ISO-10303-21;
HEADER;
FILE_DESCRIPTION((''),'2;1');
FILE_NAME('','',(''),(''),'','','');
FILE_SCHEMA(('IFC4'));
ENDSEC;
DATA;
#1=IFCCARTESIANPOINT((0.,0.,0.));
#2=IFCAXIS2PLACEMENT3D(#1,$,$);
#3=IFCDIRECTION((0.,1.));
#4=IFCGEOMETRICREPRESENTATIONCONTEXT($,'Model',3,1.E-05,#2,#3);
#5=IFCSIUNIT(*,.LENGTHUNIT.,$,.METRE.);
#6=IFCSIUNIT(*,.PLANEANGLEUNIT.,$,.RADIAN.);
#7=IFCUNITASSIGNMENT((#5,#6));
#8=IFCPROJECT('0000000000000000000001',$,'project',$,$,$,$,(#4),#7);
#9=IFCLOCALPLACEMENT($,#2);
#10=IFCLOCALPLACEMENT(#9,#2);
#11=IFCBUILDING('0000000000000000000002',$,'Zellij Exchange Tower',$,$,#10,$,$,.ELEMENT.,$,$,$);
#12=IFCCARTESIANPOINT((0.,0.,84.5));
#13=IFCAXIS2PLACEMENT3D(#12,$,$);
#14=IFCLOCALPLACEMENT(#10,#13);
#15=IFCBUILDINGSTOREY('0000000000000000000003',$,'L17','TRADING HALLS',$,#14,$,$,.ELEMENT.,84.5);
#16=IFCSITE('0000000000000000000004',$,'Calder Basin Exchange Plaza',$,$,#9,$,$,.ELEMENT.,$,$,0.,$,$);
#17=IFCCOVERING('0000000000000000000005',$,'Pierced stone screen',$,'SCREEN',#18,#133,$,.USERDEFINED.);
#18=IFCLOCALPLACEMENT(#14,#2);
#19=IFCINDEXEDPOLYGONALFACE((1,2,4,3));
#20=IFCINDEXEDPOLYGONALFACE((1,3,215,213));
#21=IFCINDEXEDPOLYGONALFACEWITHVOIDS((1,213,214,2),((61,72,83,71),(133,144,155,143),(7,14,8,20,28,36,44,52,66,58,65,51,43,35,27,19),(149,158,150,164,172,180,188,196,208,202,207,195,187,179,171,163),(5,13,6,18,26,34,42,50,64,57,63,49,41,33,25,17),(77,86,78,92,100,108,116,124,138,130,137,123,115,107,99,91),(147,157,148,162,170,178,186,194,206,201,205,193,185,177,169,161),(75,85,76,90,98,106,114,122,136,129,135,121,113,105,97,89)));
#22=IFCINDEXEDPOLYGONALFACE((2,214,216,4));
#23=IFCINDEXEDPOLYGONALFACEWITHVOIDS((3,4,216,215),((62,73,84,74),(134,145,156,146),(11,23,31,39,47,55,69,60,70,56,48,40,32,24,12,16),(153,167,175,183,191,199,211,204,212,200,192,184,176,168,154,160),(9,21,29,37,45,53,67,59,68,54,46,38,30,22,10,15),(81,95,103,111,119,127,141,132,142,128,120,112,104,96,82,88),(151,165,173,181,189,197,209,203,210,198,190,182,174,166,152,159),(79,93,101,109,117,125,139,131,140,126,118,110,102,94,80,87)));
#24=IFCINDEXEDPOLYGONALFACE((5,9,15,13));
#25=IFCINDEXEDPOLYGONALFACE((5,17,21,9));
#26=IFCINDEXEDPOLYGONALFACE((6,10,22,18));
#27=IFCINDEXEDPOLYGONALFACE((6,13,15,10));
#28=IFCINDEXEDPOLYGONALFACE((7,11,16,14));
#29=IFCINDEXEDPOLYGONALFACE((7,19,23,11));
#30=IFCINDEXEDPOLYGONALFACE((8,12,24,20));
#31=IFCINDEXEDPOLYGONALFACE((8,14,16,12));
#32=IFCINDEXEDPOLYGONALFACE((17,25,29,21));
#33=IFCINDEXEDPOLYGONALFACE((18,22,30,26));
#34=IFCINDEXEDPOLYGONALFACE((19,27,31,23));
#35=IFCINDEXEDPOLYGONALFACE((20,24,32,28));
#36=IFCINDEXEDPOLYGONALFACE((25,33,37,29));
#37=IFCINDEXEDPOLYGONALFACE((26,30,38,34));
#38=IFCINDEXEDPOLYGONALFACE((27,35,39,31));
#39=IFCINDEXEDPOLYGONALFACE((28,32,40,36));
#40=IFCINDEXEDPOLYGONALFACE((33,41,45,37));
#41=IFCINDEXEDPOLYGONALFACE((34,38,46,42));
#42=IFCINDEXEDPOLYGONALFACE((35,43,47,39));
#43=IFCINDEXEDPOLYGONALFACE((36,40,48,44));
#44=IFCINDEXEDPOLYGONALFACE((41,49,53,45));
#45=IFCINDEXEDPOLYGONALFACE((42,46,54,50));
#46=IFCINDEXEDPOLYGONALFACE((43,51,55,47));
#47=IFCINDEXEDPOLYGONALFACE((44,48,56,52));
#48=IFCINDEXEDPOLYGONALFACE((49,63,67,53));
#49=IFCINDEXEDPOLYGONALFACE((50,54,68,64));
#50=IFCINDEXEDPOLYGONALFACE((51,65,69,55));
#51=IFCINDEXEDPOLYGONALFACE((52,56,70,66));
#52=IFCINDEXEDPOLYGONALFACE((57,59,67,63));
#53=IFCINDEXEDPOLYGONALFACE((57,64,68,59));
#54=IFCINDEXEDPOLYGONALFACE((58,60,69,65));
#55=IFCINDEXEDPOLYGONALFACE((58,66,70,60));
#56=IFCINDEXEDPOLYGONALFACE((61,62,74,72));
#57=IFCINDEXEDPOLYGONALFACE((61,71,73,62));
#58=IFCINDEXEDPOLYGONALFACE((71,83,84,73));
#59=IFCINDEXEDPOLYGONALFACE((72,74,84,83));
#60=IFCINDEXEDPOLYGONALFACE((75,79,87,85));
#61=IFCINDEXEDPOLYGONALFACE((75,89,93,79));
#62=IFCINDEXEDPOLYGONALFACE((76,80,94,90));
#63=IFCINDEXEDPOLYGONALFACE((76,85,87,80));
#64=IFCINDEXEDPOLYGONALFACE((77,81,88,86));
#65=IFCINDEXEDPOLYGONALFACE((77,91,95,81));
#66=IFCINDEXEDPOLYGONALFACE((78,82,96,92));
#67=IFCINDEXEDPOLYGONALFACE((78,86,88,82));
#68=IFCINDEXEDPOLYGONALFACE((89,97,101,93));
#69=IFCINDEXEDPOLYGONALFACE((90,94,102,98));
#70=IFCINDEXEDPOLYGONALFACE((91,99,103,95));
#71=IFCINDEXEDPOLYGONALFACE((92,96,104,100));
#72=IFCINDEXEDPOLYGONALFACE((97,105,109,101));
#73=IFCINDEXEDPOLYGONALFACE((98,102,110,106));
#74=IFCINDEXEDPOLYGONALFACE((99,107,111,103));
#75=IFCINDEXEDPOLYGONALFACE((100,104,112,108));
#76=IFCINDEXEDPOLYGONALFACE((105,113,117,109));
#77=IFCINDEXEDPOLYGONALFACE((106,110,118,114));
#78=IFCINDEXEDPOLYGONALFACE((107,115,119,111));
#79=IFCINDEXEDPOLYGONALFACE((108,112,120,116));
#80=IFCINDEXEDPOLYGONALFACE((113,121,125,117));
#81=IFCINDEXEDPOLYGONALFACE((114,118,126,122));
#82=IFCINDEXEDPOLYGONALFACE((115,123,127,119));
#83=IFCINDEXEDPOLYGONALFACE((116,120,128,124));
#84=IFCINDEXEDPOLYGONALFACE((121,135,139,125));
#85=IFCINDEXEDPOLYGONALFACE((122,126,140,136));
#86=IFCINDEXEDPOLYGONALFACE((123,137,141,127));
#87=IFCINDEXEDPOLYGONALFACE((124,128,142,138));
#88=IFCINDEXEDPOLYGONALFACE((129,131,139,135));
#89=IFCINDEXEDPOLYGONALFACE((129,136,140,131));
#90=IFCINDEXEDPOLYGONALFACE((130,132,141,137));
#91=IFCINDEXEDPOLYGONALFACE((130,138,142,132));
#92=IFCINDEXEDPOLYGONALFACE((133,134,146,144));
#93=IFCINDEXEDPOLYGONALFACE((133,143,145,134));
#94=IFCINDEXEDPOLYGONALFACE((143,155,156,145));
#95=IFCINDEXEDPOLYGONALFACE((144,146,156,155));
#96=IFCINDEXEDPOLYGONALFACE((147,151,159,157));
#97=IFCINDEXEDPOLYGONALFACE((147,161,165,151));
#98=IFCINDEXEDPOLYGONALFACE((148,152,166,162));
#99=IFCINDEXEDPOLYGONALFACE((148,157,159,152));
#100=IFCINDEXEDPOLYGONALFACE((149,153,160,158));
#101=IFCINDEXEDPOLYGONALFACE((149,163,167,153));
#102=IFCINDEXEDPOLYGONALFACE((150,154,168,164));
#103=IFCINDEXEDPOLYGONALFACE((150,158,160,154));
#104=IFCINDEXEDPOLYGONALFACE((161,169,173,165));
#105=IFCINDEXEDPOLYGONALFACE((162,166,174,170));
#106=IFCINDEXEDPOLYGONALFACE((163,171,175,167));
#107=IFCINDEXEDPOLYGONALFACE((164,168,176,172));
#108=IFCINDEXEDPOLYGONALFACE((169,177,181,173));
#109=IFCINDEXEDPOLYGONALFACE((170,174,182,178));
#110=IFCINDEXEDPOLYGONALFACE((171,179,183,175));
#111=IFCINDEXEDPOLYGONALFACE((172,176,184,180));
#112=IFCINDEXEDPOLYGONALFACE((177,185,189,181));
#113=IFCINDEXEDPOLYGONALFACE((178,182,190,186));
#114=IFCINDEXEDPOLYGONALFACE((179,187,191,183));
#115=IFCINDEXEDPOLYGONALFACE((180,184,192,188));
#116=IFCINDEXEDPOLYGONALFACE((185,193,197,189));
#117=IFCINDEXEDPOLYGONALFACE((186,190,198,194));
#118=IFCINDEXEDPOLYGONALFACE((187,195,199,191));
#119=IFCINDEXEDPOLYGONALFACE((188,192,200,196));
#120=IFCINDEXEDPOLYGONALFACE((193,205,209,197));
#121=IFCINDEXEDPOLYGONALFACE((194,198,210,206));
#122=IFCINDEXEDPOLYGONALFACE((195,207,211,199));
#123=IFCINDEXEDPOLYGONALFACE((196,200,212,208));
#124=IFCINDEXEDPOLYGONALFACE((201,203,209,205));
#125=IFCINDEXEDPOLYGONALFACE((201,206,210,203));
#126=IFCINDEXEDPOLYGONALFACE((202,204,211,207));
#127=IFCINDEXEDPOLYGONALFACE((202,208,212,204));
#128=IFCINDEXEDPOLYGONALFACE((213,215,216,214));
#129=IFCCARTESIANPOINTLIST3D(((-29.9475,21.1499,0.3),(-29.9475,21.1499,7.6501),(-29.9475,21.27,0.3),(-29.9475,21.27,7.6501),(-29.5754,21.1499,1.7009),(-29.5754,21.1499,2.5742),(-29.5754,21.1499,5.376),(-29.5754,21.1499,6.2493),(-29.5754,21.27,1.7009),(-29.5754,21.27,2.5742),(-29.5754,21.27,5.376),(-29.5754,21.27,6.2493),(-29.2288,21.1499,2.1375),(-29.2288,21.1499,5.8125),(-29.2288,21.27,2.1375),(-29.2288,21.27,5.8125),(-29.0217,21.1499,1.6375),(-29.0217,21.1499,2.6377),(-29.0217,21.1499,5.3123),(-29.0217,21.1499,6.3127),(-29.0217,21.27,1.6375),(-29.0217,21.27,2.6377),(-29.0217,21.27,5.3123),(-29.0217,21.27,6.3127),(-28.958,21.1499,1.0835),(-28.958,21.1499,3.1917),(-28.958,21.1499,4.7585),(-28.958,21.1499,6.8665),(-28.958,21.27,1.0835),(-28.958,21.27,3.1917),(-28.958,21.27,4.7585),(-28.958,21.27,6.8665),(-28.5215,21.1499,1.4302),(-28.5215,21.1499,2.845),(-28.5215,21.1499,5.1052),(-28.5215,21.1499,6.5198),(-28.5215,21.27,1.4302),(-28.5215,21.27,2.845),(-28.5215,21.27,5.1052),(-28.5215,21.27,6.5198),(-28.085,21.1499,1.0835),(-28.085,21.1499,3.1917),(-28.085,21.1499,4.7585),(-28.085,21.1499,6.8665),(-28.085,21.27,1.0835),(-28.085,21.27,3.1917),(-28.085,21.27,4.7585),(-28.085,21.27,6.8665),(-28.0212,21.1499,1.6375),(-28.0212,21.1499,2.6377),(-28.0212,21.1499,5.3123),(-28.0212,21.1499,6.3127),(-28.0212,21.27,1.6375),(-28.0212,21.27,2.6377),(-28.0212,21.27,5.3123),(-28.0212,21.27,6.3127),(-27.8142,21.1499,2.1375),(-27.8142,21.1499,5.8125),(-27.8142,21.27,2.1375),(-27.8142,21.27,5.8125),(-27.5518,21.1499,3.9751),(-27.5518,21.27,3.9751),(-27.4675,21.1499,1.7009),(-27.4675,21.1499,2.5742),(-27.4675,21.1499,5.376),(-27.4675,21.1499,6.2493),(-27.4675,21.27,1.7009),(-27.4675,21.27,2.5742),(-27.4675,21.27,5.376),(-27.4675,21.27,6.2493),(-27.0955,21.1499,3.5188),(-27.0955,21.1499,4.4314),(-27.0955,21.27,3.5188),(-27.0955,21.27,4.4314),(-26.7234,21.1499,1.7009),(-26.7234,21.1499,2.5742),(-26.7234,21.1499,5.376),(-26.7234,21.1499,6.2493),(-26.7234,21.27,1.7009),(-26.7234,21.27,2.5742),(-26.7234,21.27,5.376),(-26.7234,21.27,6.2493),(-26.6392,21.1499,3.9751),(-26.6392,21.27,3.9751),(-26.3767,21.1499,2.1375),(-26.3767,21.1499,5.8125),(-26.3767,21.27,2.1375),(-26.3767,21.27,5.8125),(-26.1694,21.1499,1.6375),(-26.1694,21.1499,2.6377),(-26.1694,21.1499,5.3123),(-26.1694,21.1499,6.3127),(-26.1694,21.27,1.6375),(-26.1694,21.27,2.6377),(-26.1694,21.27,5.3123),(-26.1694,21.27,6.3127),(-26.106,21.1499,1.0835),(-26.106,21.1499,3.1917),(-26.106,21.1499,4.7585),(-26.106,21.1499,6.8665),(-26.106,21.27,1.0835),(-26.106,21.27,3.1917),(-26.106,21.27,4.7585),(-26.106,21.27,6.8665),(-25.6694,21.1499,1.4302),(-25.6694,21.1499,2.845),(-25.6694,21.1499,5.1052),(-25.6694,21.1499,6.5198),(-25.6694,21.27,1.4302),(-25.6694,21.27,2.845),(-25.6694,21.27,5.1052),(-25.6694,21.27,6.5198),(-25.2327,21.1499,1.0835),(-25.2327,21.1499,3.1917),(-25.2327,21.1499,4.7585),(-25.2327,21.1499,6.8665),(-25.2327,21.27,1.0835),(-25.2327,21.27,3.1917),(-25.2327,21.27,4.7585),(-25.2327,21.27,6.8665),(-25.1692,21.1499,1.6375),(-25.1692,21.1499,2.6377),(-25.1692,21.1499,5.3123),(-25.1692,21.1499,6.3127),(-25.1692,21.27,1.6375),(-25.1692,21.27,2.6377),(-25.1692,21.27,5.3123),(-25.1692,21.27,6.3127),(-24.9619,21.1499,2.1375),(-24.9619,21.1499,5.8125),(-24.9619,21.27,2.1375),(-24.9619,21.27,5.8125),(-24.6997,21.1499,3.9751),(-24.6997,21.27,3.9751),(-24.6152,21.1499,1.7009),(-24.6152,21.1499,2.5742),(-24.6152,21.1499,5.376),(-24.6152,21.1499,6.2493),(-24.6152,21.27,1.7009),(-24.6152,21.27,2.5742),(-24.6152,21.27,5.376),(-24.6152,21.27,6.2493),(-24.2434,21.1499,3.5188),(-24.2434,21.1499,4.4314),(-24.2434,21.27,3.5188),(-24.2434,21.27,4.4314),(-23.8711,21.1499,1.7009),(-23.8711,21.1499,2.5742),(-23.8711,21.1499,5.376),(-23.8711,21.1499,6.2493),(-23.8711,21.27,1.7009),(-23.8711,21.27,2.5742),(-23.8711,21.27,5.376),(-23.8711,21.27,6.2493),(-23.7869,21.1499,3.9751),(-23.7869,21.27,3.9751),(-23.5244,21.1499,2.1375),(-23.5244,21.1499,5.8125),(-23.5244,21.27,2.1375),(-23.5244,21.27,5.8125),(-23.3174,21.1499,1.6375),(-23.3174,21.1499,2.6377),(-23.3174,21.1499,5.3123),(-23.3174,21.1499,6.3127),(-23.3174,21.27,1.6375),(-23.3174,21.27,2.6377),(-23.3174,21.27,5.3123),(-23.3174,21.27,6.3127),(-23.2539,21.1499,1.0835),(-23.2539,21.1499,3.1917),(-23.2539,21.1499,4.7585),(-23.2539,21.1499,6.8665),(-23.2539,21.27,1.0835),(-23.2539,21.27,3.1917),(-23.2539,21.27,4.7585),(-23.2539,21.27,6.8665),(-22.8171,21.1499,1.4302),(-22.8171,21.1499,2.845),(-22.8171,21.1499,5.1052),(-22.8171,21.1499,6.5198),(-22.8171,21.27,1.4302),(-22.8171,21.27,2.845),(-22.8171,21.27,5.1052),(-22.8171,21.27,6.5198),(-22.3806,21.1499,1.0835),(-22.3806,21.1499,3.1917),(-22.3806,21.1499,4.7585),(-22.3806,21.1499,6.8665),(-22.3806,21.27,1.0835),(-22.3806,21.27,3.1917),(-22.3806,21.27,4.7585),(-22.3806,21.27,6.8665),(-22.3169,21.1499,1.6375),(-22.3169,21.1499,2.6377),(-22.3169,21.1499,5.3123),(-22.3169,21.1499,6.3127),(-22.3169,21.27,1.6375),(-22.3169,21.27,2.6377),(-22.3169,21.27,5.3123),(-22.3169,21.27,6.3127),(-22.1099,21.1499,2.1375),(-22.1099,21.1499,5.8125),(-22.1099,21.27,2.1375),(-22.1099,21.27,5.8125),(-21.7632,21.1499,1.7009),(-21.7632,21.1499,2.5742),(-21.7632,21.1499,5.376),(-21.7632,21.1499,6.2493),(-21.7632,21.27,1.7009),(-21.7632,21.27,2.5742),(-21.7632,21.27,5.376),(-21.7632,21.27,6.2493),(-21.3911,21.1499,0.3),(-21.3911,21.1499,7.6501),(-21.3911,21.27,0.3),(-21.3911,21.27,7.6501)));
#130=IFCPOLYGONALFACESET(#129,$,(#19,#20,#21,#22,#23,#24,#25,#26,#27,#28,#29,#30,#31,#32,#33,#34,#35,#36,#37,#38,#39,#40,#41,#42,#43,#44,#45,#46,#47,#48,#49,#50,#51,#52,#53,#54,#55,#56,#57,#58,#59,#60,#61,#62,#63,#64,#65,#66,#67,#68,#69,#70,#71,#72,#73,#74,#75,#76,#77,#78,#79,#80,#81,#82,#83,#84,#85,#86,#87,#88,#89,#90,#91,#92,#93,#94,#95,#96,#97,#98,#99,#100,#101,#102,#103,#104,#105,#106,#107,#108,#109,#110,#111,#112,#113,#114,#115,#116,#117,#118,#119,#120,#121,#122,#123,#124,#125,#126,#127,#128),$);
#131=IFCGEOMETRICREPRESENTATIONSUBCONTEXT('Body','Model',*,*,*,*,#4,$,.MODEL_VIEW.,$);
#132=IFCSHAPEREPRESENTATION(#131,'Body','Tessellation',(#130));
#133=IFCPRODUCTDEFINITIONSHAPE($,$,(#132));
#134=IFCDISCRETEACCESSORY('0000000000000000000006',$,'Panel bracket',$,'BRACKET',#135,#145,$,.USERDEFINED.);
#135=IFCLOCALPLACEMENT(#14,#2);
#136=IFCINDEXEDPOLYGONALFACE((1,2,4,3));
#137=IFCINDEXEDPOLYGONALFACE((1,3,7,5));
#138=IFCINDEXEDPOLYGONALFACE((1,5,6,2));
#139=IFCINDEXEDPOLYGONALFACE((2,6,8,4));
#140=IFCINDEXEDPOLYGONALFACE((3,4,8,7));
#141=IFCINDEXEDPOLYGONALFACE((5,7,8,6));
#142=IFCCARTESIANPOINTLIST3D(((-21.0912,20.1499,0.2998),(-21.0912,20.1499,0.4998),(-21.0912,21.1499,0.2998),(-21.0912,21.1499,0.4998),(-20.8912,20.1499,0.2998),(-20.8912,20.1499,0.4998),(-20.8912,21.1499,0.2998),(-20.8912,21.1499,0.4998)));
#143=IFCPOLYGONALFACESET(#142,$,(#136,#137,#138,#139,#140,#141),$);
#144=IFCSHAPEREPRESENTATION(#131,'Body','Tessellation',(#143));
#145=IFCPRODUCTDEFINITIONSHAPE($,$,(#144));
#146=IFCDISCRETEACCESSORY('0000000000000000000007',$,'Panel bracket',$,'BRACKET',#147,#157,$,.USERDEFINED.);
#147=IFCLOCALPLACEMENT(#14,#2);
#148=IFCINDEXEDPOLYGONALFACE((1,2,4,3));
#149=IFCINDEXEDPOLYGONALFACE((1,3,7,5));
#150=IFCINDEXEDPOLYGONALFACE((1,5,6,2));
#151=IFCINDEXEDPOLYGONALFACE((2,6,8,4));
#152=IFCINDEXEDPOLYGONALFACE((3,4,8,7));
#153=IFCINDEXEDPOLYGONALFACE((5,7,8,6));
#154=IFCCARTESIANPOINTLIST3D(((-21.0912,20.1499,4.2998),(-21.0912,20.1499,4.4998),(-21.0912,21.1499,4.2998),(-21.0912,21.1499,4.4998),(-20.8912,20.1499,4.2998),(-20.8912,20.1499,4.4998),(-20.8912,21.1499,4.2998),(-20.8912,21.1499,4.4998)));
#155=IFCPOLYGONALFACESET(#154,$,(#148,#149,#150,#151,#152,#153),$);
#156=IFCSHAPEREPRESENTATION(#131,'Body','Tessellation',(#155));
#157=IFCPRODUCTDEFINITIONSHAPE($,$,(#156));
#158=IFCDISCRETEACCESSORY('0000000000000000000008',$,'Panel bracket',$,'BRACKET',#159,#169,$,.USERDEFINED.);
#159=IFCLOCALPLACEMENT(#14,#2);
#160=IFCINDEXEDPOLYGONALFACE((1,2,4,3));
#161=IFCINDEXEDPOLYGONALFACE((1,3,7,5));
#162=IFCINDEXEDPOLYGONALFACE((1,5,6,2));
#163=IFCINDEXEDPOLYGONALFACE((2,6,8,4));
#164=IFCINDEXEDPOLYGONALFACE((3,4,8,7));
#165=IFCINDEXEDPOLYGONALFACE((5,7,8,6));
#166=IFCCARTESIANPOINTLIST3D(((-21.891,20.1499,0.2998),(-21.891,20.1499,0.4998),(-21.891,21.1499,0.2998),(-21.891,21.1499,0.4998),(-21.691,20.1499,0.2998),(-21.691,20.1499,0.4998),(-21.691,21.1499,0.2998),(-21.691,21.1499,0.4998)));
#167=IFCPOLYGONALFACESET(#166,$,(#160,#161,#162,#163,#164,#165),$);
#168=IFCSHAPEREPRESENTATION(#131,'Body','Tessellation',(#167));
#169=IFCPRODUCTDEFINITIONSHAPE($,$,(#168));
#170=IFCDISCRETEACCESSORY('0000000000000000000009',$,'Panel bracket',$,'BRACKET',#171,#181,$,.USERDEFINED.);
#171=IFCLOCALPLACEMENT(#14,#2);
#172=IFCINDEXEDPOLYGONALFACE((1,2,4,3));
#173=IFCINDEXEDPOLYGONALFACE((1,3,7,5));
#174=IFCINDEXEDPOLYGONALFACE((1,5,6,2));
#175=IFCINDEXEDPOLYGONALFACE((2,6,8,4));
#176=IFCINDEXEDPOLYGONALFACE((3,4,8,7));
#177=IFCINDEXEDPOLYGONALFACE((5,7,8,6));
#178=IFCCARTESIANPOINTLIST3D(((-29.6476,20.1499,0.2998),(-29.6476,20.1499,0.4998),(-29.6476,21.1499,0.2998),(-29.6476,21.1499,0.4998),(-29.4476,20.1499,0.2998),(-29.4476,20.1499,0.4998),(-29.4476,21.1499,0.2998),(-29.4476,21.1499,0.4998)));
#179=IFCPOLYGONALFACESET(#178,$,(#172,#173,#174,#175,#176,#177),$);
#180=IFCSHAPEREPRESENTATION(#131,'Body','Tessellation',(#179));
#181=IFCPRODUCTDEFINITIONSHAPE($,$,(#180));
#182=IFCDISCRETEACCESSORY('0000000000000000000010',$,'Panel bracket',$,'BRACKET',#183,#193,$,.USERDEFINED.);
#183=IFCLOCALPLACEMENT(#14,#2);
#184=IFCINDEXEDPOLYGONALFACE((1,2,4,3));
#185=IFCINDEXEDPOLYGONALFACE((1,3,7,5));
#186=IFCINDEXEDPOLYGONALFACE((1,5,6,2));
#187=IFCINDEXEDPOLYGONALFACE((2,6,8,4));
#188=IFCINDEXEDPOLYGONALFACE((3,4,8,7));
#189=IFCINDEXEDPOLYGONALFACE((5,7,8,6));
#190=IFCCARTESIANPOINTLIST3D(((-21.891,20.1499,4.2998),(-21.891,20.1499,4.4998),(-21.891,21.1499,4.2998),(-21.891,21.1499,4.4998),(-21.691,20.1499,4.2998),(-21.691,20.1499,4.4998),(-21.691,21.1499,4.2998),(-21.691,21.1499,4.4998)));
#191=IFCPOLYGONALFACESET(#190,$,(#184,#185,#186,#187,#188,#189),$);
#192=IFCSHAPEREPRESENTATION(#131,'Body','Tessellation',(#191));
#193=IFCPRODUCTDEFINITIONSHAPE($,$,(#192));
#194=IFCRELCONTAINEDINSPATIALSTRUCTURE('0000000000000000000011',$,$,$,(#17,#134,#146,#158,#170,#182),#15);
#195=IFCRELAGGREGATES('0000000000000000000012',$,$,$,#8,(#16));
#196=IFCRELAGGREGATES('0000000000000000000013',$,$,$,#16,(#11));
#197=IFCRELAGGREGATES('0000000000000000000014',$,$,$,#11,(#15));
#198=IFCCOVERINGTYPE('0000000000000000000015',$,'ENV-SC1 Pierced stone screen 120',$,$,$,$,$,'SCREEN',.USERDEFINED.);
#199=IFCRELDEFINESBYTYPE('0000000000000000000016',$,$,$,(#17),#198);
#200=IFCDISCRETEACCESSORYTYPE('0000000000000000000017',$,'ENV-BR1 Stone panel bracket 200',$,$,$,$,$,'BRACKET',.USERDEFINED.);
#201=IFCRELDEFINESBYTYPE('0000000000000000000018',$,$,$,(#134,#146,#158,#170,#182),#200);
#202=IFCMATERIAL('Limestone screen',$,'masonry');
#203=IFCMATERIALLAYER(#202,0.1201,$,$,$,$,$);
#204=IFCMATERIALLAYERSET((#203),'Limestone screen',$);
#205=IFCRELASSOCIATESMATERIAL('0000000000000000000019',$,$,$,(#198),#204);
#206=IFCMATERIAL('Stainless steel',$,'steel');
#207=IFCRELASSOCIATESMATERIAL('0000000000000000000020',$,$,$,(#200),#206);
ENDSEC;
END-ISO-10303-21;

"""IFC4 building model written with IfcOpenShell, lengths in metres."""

from ifc_helpers import new_model, si_unit, direction, frame, origin, origin_2d, place, context, subcontext, project, spatial, polyline, rectangle, outline, extrude, material, layer, layer_set, type_object, element, save


model = new_model("IFC4")

# Units and contexts
model_context = context("Model", 3, precision=1e-05, world=origin(), true_north=direction((0.0, 1.0)))
body_context = subcontext(model_context, "Body", "Model", "MODEL_VIEW")
ifc_project = project(units=[si_unit("LENGTHUNIT", "METRE"), si_unit("PLANEANGLEUNIT", "RADIAN")], contexts=[model_context])

# Site, building, storey
site_placement = place(None, origin())
site = spatial("IfcSite", under=ifc_project, at=site_placement, Name="Calder Basin Exchange Plaza", CompositionType="ELEMENT", RefElevation=0.0)
building_placement = place(site_placement, origin())
building = spatial("IfcBuilding", under=site, at=building_placement, Name="Zellij Exchange Tower", CompositionType="ELEMENT")
storey_placement = place(building_placement, frame((0.0, 0.0, 84.5)))
storey = spatial("IfcBuildingStorey", under=building, at=storey_placement, Name="L17", Description="TRADING HALLS", CompositionType="ELEMENT", Elevation=84.5)

# Covering
ifc_material_1 = material(Name="Limestone screen", Category="masonry")
ifc_layer_1 = layer(ifc_material_1, 0.1201)
ifc_layer_set_1 = layer_set([ifc_layer_1], Name="Limestone screen")
covering_type = type_object("IfcCoveringType", Name="ENV-SC1 Pierced stone screen 120", ElementType="SCREEN", PredefinedType="USERDEFINED", material=ifc_layer_set_1)
covering_placement = place(storey_placement, frame((-21.3911, 21.21, 0.3), z_axis=(0.0, 0.0, 1.0), x_axis=(-1.0, 0.0, 0.0)))
element("IfcCovering", 1, at=covering_placement, inside=storey, type_object=covering_type, Name="Pierced stone screen", ObjectType="SCREEN", PredefinedType="USERDEFINED", context=body_context, shape_type="SweptSolid", body=[
    extrude(outline(polyline([(0.0, 0.0), (8.5564, 0.0), (8.5564, 7.3501), (0.0, 7.3501), (0.0, 0.0)]), holes=[polyline([(2.48, 2.2742), (1.9263, 2.3376), (1.8628, 2.8916), (1.426, 2.5449), (0.9895, 2.8916), (0.9258, 2.3376), (0.3721, 2.2742), (0.7188, 1.8374), (0.3721, 1.4009), (0.9258, 1.3374), (0.9895, 0.7834), (1.426, 1.1301), (1.8628, 0.7834), (1.9263, 1.3374), (2.48, 1.4009), (2.1333, 1.8374), (2.48, 2.2742)]), polyline([(2.48, 5.9492), (1.9263, 6.0127), (1.8628, 6.5664), (1.426, 6.2197), (0.9895, 6.5664), (0.9258, 6.0127), (0.3721, 5.9492), (0.7188, 5.5125), (0.3721, 5.0759), (0.9258, 5.0122), (0.9895, 4.4585), (1.426, 4.8052), (1.8628, 4.4585), (1.9263, 5.0122), (2.48, 5.0759), (2.1333, 5.5125), (2.48, 5.9492)]), polyline([(5.3323, 2.2742), (4.7783, 2.3376), (4.7148, 2.8916), (4.2783, 2.5449), (3.8416, 2.8916), (3.7781, 2.3376), (3.2241, 2.2742), (3.5708, 1.8374), (3.2241, 1.4009), (3.7781, 1.3374), (3.8416, 0.7834), (4.2783, 1.1301), (4.7148, 0.7834), (4.7783, 1.3374), (5.3323, 1.4009), (4.9856, 1.8374), (5.3323, 2.2742)]), polyline([(5.3323, 5.9492), (4.7783, 6.0127), (4.7148, 6.5664), (4.2783, 6.2197), (3.8416, 6.5664), (3.7781, 6.0127), (3.2241, 5.9492), (3.5708, 5.5125), (3.2241, 5.0759), (3.7781, 5.0122), (3.8416, 4.4585), (4.2783, 4.8052), (4.7148, 4.4585), (4.7783, 5.0122), (5.3323, 5.0759), (4.9856, 5.5125), (5.3323, 5.9492)]), polyline([(8.1843, 2.2742), (7.6306, 2.3376), (7.5669, 2.8916), (7.1304, 2.5449), (6.6938, 2.8916), (6.6301, 2.3376), (6.0764, 2.2742), (6.4231, 1.8374), (6.0764, 1.4009), (6.6301, 1.3374), (6.6938, 0.7834), (7.1304, 1.1301), (7.5669, 0.7834), (7.6306, 1.3374), (8.1843, 1.4009), (7.8376, 1.8374), (8.1843, 2.2742)]), polyline([(8.1843, 5.9492), (7.6306, 6.0127), (7.5669, 6.5664), (7.1304, 6.2197), (6.6938, 6.5664), (6.6301, 6.0127), (6.0764, 5.9492), (6.4231, 5.5125), (6.0764, 5.0759), (6.6301, 5.0122), (6.6938, 4.4585), (7.1304, 4.8052), (7.5669, 4.4585), (7.6306, 5.0122), (8.1843, 5.0759), (7.8376, 5.5125), (8.1843, 5.9492)]), polyline([(3.3086, 3.675), (2.8523, 4.1313), (2.3958, 3.675), (2.8523, 3.2188), (3.3086, 3.675)]), polyline([(6.1606, 3.675), (5.7043, 4.1313), (5.248, 3.675), (5.7043, 3.2188), (6.1606, 3.675)])]), frame((0.0, 0.0601, 0.0), z_axis=(0.0, -1.0, 0.0), x_axis=(1.0, 0.0, 0.0)), (0.0, 0.0, 1.0), 0.1201),
])

# Discrete accessories
ifc_material_2 = material(Name="Stainless steel", Category="steel")
discrete_accessory_type = type_object("IfcDiscreteAccessoryType", Name="ENV-BR1 Stone panel bracket 200", ElementType="BRACKET", PredefinedType="USERDEFINED", material=ifc_material_2)
for number, where, z_axis, x_axis, name in (
    (2, (-20.9912, 20.6499, 0.2998), (0.0, 0.0, 1.0), (-1.0, 0.0, 0.0), "Panel bracket"),
    (3, (-20.9912, 20.6499, 4.2998), (0.0, 0.0, 1.0), (-1.0, 0.0, 0.0), "Panel bracket"),
    (4, (-21.791, 20.6499, 0.2998), (0.0, 0.0, 1.0), (-1.0, 0.0, 0.0), "Panel bracket"),
    (5, (-29.5476, 20.6499, 0.2998), (0.0, 0.0, 1.0), (-1.0, 0.0, 0.0), "Panel bracket"),
    (6, (-21.791, 20.6499, 4.2998), (0.0, 0.0, 1.0), (-1.0, 0.0, 0.0), "Panel bracket"),
):
    element("IfcDiscreteAccessory", number, at=place(storey_placement, frame(where, z_axis=z_axis, x_axis=x_axis)), inside=storey, type_object=discrete_accessory_type, Name=name, ObjectType="BRACKET", PredefinedType="USERDEFINED", context=body_context, shape_type="SweptSolid", body=[
        extrude(rectangle(XDim=0.2, YDim=1.0, at=origin_2d()), origin(), (0.0, 0.0, 1.0), 0.2),
    ])

save(model, "model.ifc")
